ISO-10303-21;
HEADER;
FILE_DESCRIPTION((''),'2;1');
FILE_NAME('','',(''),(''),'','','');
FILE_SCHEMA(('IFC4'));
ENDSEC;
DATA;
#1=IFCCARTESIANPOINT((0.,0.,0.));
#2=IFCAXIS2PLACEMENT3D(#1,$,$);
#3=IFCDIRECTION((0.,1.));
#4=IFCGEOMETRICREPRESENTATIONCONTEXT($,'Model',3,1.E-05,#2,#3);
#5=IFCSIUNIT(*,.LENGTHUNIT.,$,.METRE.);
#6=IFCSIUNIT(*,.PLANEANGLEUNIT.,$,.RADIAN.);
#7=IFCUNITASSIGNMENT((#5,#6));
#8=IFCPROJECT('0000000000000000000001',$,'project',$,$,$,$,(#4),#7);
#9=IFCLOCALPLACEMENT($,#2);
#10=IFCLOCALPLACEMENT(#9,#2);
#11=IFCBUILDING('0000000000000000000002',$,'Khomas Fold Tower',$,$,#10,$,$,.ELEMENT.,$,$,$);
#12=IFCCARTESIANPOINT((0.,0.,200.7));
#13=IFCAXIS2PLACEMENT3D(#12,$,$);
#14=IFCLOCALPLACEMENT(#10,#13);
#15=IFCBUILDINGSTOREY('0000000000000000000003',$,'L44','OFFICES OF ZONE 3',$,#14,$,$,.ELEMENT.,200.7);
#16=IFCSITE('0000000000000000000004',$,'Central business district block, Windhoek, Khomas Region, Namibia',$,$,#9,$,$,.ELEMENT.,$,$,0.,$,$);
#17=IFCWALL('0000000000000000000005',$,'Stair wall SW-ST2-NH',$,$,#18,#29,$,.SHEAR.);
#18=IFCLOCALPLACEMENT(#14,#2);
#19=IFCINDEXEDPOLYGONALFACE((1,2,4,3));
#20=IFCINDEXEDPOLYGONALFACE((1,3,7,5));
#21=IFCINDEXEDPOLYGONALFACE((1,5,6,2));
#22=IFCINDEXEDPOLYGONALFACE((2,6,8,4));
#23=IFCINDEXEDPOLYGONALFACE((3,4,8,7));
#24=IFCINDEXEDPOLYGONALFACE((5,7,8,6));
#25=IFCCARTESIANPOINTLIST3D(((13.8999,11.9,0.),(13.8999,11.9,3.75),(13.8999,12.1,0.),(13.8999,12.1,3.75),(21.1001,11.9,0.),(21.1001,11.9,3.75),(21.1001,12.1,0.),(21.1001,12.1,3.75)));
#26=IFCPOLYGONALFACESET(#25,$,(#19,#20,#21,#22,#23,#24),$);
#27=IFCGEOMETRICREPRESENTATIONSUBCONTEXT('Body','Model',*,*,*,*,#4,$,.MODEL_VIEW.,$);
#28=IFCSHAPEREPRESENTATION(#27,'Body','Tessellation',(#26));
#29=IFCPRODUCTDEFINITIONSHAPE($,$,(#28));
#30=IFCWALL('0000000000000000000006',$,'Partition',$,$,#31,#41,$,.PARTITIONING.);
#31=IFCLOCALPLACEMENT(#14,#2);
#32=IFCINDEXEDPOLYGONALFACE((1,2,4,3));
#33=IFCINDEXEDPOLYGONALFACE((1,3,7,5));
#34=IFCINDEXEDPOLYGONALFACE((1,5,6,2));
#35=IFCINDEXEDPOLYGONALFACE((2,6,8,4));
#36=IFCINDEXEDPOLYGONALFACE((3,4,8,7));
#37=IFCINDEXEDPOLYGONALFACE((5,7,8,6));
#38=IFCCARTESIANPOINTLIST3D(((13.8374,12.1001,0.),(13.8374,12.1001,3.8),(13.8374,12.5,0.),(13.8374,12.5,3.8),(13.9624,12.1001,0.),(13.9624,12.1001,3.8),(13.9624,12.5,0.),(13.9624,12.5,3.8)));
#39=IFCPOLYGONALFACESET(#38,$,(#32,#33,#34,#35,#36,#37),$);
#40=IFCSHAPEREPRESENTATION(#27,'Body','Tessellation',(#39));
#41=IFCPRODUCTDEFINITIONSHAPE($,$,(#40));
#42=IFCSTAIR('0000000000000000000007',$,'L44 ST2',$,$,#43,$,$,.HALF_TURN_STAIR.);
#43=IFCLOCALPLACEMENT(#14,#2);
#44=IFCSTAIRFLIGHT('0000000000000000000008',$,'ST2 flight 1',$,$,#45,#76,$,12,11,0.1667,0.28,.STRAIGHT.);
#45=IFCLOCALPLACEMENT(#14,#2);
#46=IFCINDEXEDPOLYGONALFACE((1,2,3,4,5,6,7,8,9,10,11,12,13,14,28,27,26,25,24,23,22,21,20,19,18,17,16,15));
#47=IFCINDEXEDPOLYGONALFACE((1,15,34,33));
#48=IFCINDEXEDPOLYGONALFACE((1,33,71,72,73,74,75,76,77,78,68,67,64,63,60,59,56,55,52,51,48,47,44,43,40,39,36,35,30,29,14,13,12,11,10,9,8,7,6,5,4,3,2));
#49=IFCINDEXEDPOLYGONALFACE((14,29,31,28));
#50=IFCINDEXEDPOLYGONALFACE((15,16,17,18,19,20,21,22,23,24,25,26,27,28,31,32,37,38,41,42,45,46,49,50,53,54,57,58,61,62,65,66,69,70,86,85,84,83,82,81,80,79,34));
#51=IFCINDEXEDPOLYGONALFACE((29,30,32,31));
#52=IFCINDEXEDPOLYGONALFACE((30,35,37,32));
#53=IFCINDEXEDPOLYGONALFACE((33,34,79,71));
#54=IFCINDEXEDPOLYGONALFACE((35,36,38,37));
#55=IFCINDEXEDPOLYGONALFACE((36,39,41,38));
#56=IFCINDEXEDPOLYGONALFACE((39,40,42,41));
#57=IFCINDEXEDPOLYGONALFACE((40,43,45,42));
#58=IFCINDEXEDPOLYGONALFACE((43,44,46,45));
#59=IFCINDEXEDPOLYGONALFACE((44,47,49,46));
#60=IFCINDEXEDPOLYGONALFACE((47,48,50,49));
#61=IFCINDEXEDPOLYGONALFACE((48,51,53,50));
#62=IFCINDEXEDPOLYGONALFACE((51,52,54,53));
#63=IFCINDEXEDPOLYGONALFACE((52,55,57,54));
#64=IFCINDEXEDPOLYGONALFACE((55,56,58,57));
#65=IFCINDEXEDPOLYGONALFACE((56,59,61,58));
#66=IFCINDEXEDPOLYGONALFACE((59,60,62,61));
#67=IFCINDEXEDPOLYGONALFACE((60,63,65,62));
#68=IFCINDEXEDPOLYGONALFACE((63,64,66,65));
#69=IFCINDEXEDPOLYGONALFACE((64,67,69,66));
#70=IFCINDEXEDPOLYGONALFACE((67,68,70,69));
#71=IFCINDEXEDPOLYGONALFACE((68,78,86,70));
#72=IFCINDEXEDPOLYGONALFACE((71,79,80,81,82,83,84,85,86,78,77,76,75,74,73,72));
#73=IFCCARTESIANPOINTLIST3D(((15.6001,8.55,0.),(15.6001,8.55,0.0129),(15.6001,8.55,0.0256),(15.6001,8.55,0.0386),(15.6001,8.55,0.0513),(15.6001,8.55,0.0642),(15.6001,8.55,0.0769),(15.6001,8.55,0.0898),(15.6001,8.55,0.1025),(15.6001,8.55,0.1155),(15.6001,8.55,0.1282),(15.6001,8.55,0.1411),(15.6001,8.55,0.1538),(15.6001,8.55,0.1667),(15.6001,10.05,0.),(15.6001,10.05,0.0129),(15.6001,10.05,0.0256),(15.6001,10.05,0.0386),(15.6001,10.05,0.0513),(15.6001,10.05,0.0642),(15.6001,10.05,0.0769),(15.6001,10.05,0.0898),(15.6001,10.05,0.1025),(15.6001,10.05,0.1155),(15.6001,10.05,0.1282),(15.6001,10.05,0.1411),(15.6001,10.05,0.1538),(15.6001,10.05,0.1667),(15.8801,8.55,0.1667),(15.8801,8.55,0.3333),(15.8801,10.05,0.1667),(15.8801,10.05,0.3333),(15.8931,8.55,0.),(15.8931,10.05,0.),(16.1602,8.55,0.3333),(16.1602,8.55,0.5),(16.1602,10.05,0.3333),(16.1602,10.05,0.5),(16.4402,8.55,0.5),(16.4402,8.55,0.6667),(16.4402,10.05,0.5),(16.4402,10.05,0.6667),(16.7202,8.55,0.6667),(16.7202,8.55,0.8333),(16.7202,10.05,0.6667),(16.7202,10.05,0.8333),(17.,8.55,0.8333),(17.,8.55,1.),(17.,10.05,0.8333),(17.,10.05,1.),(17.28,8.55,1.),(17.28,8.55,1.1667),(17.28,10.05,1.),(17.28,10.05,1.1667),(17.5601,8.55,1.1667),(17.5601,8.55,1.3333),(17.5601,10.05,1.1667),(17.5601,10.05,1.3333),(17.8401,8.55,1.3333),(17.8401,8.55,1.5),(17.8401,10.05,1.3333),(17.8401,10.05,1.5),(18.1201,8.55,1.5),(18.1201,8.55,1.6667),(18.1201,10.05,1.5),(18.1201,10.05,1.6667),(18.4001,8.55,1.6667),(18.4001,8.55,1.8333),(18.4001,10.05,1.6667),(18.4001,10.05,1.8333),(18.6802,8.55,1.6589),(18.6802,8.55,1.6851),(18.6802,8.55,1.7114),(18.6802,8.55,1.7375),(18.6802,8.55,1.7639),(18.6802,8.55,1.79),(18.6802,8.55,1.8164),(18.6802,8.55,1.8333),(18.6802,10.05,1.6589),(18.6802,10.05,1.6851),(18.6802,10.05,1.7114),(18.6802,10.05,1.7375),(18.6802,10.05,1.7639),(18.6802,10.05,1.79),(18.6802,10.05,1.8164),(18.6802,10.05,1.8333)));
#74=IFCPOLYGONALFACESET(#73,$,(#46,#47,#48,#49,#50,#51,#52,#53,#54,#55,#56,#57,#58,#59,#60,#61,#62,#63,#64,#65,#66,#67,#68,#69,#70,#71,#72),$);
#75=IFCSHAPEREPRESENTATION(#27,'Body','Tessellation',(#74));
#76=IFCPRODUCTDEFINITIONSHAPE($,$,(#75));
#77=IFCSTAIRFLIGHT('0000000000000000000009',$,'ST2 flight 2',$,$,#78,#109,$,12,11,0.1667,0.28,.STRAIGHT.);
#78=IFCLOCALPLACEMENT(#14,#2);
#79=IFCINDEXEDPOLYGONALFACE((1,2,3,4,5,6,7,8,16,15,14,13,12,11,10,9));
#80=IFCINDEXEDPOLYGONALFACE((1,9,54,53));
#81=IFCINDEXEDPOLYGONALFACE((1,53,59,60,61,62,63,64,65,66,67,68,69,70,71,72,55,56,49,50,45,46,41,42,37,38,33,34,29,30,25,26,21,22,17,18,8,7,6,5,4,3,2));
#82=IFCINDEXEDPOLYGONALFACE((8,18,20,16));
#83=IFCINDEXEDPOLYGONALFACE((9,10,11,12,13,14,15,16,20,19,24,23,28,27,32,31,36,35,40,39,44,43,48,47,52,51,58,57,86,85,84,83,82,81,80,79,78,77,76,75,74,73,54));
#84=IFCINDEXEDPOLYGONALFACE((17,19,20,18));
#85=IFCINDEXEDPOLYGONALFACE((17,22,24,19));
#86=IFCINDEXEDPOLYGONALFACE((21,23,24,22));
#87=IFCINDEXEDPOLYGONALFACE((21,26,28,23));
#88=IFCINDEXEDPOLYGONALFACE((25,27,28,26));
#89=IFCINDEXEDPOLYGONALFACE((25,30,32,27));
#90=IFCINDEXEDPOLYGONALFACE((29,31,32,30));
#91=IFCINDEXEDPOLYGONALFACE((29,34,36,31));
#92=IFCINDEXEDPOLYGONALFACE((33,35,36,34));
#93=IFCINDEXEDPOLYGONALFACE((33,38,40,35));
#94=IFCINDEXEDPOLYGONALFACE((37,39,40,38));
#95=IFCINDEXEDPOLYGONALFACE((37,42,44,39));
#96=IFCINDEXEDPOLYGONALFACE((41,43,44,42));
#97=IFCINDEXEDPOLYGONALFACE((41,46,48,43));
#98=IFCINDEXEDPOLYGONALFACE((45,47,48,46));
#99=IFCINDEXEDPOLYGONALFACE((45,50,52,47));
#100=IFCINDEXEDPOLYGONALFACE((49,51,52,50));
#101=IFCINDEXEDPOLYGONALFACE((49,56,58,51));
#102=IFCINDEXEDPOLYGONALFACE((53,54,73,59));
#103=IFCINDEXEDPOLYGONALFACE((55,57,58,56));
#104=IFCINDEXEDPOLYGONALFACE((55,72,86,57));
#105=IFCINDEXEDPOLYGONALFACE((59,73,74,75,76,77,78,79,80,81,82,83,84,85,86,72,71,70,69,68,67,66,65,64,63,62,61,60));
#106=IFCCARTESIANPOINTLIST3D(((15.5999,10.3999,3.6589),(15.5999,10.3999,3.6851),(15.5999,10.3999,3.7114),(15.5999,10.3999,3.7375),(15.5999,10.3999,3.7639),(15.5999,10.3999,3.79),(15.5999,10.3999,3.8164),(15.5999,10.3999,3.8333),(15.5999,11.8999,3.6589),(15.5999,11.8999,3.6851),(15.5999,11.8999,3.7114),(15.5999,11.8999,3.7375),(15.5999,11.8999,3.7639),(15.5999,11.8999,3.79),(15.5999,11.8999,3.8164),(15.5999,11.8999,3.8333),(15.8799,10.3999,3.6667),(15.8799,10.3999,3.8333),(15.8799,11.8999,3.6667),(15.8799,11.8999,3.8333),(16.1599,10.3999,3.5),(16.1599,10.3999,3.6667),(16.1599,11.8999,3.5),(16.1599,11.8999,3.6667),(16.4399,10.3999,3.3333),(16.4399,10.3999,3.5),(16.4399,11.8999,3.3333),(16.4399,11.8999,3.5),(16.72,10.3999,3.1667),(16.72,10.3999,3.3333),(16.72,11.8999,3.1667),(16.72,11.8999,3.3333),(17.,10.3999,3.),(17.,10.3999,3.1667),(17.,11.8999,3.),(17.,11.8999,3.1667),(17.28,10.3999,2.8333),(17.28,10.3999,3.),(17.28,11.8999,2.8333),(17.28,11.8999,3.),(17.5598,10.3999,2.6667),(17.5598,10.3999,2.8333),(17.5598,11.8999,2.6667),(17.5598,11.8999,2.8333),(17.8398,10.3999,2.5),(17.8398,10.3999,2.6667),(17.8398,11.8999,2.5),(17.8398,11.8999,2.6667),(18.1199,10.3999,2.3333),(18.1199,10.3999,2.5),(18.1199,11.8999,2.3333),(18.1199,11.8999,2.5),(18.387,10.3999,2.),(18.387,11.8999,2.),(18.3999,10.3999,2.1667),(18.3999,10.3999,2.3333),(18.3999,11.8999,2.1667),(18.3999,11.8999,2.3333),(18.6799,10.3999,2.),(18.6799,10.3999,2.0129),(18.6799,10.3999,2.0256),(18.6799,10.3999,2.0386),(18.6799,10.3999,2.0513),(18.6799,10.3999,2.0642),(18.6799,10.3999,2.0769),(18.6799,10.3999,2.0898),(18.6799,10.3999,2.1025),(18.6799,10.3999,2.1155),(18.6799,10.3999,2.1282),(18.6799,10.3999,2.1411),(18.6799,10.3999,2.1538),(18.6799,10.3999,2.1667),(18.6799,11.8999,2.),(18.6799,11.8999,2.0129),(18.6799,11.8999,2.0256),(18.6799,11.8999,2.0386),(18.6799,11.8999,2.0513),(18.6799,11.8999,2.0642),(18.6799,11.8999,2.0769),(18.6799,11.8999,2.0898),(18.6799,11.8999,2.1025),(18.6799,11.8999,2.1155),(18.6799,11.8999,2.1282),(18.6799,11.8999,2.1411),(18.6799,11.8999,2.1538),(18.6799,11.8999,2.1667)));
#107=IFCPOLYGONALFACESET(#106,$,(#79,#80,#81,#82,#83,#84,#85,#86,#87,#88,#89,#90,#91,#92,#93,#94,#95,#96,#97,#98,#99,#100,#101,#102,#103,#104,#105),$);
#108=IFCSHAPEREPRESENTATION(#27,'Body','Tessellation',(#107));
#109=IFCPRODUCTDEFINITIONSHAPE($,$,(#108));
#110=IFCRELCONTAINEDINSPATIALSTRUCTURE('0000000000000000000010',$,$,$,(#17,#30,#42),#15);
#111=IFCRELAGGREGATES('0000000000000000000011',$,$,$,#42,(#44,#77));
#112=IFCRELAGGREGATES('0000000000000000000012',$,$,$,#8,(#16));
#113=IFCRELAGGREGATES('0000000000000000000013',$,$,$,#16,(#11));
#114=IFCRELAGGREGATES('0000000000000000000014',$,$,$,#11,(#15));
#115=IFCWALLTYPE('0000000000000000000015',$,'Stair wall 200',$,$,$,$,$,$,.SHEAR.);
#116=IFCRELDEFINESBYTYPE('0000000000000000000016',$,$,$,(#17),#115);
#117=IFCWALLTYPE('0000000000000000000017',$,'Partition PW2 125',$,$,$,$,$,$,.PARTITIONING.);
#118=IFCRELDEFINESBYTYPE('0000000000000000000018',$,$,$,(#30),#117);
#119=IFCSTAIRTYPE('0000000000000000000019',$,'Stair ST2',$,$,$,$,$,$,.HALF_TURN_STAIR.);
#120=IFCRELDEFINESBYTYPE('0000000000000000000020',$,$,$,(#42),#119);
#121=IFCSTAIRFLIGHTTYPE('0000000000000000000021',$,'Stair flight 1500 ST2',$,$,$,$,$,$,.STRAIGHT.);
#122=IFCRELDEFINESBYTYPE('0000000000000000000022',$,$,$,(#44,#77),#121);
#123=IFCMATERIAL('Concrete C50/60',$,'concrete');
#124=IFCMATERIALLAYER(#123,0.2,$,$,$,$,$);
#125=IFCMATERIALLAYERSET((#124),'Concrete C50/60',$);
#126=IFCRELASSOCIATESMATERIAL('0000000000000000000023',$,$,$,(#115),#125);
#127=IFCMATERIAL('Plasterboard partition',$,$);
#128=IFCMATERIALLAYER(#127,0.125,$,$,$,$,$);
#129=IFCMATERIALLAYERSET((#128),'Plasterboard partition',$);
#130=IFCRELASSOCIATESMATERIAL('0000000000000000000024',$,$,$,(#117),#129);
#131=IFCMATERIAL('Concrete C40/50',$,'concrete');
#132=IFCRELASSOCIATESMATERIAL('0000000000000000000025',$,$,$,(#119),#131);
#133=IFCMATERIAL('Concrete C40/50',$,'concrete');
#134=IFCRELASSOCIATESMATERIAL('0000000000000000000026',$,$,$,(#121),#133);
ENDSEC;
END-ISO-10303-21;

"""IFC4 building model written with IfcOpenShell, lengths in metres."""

from ifc_helpers import new_model, si_unit, direction, frame, frame_2d, origin, place, context, subcontext, project, spatial, polyline, rectangle, outline, extrude, source, transform, mapped, material, layer, layer_set, type_object, element, aggregate, save


model = new_model("IFC4")

# Units and contexts
model_context = context("Model", 3, precision=1e-05, world=origin(), true_north=direction((0.0, 1.0)))
body_context = subcontext(model_context, "Body", "Model", "MODEL_VIEW")
ifc_project = project(units=[si_unit("LENGTHUNIT", "METRE"), si_unit("PLANEANGLEUNIT", "RADIAN")], contexts=[model_context])

# Site, building, storey
site_placement = place(None, origin())
site = spatial("IfcSite", under=ifc_project, at=site_placement, Name="Central business district block, Windhoek, Khomas Region, Namibia", CompositionType="ELEMENT", RefElevation=0.0)
building_placement = place(site_placement, origin())
building = spatial("IfcBuilding", under=site, at=building_placement, Name="Khomas Fold Tower", CompositionType="ELEMENT")
storey_placement = place(building_placement, frame((0.0, 0.0, 200.7)))
storey = spatial("IfcBuildingStorey", under=building, at=storey_placement, Name="L44", Description="OFFICES OF ZONE 3", CompositionType="ELEMENT", Elevation=200.7)

# Walls
ifc_material_1 = material(Name="Concrete C50/60", Category="concrete")
ifc_layer_1 = layer(ifc_material_1, 0.2)
ifc_layer_set_1 = layer_set([ifc_layer_1], Name="Concrete C50/60")
wall_type_1 = type_object("IfcWallType", Name="Stair wall 200", PredefinedType="SHEAR", material=ifc_layer_set_1)
shared_shape_1 = source(origin(), body_context, "Body", "SweptSolid", [
    extrude(rectangle(XDim=7.2002, YDim=0.2, at=frame_2d((3.6001, 0.0))), origin(), (0.0, 0.0, 1.0), 3.75),
])
wall_1_placement = place(storey_placement, frame((13.8999, 12.0, 0.0), z_axis=(0.0, 0.0, 1.0), x_axis=(1.0, 0.0, 0.0)))
element("IfcWall", 1, at=wall_1_placement, inside=storey, type_object=wall_type_1, Name="Stair wall SW-ST2-NH", PredefinedType="SHEAR", context=body_context, shape_type="MappedRepresentation", body=[
    mapped(shared_shape_1, transform((0.0, 0.0, 0.0))),
])
ifc_material_2 = material(Name="Plasterboard partition")
ifc_layer_2 = layer(ifc_material_2, 0.125)
ifc_layer_set_2 = layer_set([ifc_layer_2], Name="Plasterboard partition")
wall_type_2 = type_object("IfcWallType", Name="Partition PW2 125", PredefinedType="PARTITIONING", material=ifc_layer_set_2)
shared_shape_2 = source(origin(), body_context, "Body", "SweptSolid", [
    extrude(rectangle(XDim=0.3999, YDim=0.125, at=frame_2d((0.2, 0.0))), origin(), (0.0, 0.0, 1.0), 3.8),
])
wall_2_placement = place(storey_placement, frame((13.8999, 12.1001, 0.0), z_axis=(0.0, 0.0, 1.0), x_axis=(0.0, 1.0, 0.0)))
element("IfcWall", 2, at=wall_2_placement, inside=storey, type_object=wall_type_2, Name="Partition", PredefinedType="PARTITIONING", context=body_context, shape_type="MappedRepresentation", body=[
    mapped(shared_shape_2, transform((0.0, 0.0, 0.0))),
])

# Stair, stair flights
ifc_material_3 = material(Name="Concrete C40/50", Category="concrete")
stair_type = type_object("IfcStairType", Name="Stair ST2", PredefinedType="HALF_TURN_STAIR", material=ifc_material_3)
stair_placement = place(storey_placement, origin())
stair = element("IfcStair", 3, at=stair_placement, inside=storey, type_object=stair_type, Name="L44 ST2", PredefinedType="HALF_TURN_STAIR")
ifc_material_4 = material(Name="Concrete C40/50", Category="concrete")
stair_flight_type = type_object("IfcStairFlightType", Name="Stair flight 1500 ST2", PredefinedType="STRAIGHT", material=ifc_material_4)
shared_shape_3 = source(origin(), body_context, "Body", "SweptSolid", [
    extrude(outline(polyline([(0.0, 0.0), (0.0, 0.0129), (0.0, 0.0256), (0.0, 0.0386), (0.0, 0.0513), (0.0, 0.0642), (0.0, 0.0769), (0.0, 0.0898), (0.0, 0.1025), (0.0, 0.1155), (0.0, 0.1282), (0.0, 0.1411), (0.0, 0.1538), (0.0, 0.1667), (0.28, 0.1667), (0.28, 0.3333), (0.5601, 0.3333), (0.5601, 0.5), (0.8401, 0.5), (0.8401, 0.6667), (1.1201, 0.6667), (1.1201, 0.8333), (1.3999, 0.8333), (1.3999, 1.0), (1.6799, 1.0), (1.6799, 1.1667), (1.96, 1.1667), (1.96, 1.3333), (2.24, 1.3333), (2.24, 1.5), (2.52, 1.5), (2.52, 1.6667), (2.8, 1.6667), (2.8, 1.8333), (3.0801, 1.8333), (3.0801, 2.0), (3.0801, 1.9739), (3.0801, 1.9475), (3.0801, 1.9214), (3.0801, 1.895), (3.0801, 1.8689), (3.0801, 1.8425), (3.0801, 1.8164), (3.0801, 1.79), (3.0801, 1.7639), (3.0801, 1.7375), (3.0801, 1.7114), (3.0801, 1.6851), (3.0801, 1.6589), (0.293, 0.0), (0.0, 0.0)])), frame((0.0, 0.75, 0.0), z_axis=(0.0, -1.0, 0.0), x_axis=(1.0, 0.0, 0.0)), (0.0, 0.0, 1.0), 1.5),
])
stair_flight_1_placement = place(storey_placement, frame((15.6001, 9.3, 0.0), z_axis=(0.0, 0.0, 1.0), x_axis=(1.0, 0.0, 0.0)))
stair_flight_1 = element("IfcStairFlight", 4, at=stair_flight_1_placement, type_object=stair_flight_type, Name="ST2 flight 1", NumberOfRisers=12, NumberOfTreads=11, PredefinedType="STRAIGHT", RiserHeight=0.1667, TreadLength=0.28, context=body_context, shape_type="MappedRepresentation", body=[
    mapped(shared_shape_3, transform((0.0, 0.0, 0.0))),
])
stair_flight_2_placement = place(storey_placement, frame((18.6799, 11.1499, 2.0), z_axis=(0.0, 0.0, 1.0), x_axis=(-1.0, 0.0, 0.0)))
stair_flight_2 = element("IfcStairFlight", 5, at=stair_flight_2_placement, type_object=stair_flight_type, Name="ST2 flight 2", NumberOfRisers=12, NumberOfTreads=11, PredefinedType="STRAIGHT", RiserHeight=0.1667, TreadLength=0.28, context=body_context, shape_type="MappedRepresentation", body=[
    mapped(shared_shape_3, transform((0.0, 0.0, 0.0))),
])
aggregate(stair, [stair_flight_1, stair_flight_2])

save(model, "model.ifc")
